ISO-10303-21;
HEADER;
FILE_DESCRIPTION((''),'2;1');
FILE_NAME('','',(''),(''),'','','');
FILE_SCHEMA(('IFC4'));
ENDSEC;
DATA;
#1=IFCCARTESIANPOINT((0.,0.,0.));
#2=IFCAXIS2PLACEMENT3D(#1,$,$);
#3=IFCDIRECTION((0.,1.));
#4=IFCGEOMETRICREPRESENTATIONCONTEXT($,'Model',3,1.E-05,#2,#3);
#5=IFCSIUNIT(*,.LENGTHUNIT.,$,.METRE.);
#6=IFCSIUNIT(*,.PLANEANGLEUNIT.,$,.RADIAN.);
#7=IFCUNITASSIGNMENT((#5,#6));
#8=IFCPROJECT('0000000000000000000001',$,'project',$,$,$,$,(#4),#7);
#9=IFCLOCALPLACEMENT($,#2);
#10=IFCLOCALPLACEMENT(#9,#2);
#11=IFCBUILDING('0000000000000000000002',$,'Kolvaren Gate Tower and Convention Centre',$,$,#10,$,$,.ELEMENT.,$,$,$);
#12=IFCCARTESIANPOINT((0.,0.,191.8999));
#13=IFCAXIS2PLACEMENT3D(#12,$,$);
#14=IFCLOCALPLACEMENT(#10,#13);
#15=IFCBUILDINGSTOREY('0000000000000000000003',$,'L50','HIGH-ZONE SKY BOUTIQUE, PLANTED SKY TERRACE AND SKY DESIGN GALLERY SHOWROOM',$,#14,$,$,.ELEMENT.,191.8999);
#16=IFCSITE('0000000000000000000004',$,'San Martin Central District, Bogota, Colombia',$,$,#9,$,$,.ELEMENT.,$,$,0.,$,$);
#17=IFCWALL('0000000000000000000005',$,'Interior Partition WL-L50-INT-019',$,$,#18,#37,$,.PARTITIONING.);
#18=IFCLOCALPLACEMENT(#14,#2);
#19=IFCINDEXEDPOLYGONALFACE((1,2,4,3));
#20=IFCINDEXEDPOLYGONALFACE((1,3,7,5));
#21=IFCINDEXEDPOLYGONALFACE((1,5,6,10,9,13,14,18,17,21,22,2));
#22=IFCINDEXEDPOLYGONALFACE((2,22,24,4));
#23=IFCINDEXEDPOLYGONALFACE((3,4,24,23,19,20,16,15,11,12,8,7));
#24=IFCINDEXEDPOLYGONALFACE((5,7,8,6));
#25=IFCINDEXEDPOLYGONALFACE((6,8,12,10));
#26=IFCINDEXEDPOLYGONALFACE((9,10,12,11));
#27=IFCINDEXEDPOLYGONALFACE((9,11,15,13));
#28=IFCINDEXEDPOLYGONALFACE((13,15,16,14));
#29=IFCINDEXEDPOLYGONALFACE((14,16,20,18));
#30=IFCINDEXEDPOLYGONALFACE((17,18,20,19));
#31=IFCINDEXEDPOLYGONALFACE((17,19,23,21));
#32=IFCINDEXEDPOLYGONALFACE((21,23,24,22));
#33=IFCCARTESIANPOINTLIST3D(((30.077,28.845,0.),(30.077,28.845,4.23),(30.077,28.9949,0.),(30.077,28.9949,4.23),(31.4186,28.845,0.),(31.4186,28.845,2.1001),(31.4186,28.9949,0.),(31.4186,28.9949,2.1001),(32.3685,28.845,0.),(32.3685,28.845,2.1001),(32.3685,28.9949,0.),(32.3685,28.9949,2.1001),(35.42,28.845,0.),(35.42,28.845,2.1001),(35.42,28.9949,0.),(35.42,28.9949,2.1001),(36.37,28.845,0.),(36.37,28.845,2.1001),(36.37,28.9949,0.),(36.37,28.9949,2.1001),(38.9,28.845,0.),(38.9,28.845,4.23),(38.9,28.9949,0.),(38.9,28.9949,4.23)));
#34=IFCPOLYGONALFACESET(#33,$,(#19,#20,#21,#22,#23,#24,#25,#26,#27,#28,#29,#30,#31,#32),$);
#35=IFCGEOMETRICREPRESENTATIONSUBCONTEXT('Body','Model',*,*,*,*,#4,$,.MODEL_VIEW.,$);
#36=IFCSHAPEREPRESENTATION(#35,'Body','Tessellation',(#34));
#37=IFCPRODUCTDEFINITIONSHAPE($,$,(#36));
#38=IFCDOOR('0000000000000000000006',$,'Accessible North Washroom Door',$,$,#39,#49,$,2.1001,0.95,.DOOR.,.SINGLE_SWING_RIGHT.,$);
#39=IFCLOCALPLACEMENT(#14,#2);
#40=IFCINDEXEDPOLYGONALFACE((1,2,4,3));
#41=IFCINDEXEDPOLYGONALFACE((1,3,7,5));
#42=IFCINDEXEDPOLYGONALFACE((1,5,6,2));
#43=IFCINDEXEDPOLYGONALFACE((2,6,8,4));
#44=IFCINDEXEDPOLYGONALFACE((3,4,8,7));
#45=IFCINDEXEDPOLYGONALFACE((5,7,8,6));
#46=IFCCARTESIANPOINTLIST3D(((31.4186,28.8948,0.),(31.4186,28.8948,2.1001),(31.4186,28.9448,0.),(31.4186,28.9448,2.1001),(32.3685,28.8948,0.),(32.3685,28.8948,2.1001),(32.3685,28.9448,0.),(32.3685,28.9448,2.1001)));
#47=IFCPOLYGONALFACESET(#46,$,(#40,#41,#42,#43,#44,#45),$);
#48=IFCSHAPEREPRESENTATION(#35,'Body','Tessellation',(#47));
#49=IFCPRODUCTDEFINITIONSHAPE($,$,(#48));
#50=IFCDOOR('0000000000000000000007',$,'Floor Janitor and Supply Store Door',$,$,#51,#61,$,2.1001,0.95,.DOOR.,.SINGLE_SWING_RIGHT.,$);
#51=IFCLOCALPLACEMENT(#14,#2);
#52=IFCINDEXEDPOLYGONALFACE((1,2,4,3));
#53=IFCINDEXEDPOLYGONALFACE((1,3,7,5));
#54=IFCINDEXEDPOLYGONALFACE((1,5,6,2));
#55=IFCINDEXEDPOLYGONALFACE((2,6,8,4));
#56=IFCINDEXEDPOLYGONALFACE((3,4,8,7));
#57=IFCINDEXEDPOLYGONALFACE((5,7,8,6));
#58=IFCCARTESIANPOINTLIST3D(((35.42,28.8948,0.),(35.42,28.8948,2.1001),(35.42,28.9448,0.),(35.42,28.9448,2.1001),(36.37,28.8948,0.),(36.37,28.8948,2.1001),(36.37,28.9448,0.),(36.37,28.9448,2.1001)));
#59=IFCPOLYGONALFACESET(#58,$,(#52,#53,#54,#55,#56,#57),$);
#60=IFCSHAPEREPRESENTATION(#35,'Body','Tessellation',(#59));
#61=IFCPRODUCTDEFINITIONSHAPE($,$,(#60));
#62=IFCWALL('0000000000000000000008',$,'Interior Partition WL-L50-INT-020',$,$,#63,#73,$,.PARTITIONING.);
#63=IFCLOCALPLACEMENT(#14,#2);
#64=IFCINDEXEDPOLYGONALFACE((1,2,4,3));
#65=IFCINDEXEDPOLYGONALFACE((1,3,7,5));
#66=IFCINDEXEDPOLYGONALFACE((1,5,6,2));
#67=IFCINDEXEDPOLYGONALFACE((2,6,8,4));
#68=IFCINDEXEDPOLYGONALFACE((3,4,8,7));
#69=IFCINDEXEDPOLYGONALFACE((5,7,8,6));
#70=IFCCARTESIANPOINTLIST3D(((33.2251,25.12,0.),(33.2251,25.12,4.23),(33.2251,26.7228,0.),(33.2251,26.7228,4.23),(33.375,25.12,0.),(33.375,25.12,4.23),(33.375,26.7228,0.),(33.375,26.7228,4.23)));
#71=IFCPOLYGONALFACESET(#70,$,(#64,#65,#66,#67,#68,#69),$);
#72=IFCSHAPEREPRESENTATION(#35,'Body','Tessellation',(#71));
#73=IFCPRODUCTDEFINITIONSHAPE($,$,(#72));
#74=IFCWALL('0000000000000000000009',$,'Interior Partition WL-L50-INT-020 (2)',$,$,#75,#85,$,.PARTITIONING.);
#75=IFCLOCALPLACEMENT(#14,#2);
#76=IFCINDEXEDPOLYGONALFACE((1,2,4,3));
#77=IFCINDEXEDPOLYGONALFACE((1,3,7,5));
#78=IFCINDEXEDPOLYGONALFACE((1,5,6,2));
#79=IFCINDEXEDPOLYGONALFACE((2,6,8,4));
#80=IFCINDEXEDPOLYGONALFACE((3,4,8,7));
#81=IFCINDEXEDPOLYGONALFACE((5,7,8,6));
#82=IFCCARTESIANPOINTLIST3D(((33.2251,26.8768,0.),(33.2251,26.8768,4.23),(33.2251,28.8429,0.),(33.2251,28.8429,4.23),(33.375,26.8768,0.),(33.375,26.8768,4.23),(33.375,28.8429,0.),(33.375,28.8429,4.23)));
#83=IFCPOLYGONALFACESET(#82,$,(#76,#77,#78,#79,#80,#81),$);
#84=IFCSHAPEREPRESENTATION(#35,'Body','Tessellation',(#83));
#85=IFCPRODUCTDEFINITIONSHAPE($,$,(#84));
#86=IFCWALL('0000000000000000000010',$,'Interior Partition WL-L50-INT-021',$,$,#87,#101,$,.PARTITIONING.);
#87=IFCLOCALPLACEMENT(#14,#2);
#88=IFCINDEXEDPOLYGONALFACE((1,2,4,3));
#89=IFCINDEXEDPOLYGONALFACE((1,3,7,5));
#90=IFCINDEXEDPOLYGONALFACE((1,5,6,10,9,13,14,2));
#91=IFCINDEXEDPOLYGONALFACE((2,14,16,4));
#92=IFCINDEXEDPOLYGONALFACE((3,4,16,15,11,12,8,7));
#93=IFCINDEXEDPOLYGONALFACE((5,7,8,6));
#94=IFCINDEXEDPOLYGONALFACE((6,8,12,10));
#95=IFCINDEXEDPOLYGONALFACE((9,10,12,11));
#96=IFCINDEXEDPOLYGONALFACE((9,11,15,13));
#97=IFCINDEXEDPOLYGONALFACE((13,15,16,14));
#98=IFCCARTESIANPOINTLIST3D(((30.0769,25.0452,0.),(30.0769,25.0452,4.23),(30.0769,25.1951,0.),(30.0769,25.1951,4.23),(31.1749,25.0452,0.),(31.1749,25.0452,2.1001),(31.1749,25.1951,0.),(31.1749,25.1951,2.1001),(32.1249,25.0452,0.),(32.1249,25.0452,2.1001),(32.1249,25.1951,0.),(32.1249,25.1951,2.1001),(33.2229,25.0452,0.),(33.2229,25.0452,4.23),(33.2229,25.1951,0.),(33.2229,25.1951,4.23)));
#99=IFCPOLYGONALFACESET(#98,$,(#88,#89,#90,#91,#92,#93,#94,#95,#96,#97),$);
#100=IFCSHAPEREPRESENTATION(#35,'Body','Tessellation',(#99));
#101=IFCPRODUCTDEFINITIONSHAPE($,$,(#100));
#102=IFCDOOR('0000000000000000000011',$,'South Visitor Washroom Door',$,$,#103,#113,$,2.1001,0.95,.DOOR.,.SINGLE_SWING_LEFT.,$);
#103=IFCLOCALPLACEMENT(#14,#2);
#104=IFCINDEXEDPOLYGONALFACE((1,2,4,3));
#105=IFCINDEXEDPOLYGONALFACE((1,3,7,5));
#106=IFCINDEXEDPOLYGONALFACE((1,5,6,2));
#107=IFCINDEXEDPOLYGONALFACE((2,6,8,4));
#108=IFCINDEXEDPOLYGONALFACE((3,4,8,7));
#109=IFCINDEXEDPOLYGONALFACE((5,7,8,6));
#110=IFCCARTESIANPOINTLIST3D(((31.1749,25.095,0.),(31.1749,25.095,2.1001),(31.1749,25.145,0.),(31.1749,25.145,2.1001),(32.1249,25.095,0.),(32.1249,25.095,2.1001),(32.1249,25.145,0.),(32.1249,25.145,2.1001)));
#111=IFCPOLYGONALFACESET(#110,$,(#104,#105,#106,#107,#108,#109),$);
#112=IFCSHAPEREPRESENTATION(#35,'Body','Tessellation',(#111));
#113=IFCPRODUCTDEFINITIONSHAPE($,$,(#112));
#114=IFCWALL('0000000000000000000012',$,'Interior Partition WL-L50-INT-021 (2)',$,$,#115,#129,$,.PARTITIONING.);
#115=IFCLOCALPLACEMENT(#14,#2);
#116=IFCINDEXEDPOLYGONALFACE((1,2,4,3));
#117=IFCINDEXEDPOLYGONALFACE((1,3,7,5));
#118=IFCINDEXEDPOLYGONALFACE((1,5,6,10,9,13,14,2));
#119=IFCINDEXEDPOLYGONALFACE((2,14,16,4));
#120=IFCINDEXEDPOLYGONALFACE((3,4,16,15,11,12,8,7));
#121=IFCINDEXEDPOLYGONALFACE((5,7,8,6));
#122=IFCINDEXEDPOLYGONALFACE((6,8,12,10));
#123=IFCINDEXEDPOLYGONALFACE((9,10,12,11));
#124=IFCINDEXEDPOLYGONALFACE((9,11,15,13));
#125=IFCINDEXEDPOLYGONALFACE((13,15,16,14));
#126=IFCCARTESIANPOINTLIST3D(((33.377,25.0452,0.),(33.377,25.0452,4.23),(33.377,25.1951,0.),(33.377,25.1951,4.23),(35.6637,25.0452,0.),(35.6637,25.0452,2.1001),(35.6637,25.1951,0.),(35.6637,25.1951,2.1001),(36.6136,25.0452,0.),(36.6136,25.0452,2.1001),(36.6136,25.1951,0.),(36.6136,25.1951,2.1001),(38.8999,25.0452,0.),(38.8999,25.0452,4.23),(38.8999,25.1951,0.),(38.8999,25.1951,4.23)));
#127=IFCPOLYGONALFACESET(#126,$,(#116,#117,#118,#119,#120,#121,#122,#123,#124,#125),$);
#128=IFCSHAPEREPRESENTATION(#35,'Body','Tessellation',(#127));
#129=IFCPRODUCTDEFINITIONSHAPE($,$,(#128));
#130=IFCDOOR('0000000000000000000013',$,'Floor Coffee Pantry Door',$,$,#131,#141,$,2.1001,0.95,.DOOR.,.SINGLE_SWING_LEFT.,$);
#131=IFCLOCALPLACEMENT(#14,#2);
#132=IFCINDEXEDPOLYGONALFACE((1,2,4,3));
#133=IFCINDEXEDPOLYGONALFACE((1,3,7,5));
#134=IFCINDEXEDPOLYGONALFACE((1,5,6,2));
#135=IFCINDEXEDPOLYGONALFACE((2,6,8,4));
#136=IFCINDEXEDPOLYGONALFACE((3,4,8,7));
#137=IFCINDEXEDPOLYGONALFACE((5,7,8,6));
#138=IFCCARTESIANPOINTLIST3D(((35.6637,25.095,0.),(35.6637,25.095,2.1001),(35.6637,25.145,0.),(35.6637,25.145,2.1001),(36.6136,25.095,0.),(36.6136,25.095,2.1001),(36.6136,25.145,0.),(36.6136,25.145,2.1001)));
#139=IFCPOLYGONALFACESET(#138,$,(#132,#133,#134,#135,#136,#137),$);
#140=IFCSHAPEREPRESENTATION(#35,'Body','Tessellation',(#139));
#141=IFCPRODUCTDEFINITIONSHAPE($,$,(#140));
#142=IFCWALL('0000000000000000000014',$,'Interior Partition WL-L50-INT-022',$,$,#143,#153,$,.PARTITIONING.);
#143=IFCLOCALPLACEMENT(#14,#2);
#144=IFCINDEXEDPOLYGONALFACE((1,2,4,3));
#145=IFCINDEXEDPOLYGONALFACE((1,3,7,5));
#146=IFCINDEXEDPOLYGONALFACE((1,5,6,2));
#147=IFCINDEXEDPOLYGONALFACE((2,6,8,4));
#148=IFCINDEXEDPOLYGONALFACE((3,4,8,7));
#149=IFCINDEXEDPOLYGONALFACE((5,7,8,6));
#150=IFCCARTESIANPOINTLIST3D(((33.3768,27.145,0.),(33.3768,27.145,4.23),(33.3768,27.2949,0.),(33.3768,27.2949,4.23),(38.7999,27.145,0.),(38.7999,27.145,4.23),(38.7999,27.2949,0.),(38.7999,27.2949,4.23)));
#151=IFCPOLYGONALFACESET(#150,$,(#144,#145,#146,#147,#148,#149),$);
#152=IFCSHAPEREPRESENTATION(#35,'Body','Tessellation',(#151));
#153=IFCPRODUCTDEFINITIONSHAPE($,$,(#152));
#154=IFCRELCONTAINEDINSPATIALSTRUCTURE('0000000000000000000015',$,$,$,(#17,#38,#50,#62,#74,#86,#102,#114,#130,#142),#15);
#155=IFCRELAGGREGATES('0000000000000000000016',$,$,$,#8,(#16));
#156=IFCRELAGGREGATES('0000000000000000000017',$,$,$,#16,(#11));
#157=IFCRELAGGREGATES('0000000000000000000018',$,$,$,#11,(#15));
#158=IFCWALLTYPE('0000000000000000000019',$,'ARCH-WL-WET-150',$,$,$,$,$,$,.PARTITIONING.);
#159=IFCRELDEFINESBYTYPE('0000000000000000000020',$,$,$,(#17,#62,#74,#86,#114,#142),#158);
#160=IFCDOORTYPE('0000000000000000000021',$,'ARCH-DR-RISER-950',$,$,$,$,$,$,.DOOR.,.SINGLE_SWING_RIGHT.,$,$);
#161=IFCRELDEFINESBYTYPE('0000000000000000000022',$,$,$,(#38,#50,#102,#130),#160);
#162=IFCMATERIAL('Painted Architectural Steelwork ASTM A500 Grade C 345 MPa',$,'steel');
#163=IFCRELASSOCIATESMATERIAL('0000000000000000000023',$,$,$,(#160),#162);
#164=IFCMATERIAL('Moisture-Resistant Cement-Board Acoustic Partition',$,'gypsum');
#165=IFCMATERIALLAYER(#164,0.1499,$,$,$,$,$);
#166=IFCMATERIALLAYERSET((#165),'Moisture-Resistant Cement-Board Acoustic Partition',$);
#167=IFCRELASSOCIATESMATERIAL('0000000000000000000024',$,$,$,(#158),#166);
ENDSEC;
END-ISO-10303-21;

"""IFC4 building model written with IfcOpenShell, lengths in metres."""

from ifc_helpers import new_model, si_unit, direction, frame, frame_2d, origin, place, context, subcontext, project, spatial, rectangle, extrude, material, layer, layer_set, type_object, element, fill, save


model = new_model("IFC4")

# Units and contexts
model_context = context("Model", 3, precision=1e-05, world=origin(), true_north=direction((0.0, 1.0)))
body_context = subcontext(model_context, "Body", "Model", "MODEL_VIEW")
ifc_project = project(units=[si_unit("LENGTHUNIT", "METRE"), si_unit("PLANEANGLEUNIT", "RADIAN")], contexts=[model_context])

# Site, building, storey
site_placement = place(None, origin())
site = spatial("IfcSite", under=ifc_project, at=site_placement, Name="San Martin Central District, Bogota, Colombia", CompositionType="ELEMENT", RefElevation=0.0)
building_placement = place(site_placement, origin())
building = spatial("IfcBuilding", under=site, at=building_placement, Name="Kolvaren Gate Tower and Convention Centre", CompositionType="ELEMENT")
storey_placement = place(building_placement, frame((0.0, 0.0, 191.8999)))
storey = spatial("IfcBuildingStorey", under=building, at=storey_placement, Name="L50", Description="HIGH-ZONE SKY BOUTIQUE, PLANTED SKY TERRACE AND SKY DESIGN GALLERY SHOWROOM", CompositionType="ELEMENT", Elevation=191.8999)

# Shared definitions
ifc_material_1 = material(Name="Painted Architectural Steelwork ASTM A500 Grade C 345 MPa", Category="steel")
door_type = type_object("IfcDoorType", Name="ARCH-DR-RISER-950", OperationType="SINGLE_SWING_RIGHT", PredefinedType="DOOR", material=ifc_material_1)

# Shared definitions
ifc_material_2 = material(Name="Moisture-Resistant Cement-Board Acoustic Partition", Category="gypsum")
ifc_layer_1 = layer(ifc_material_2, 0.1499)
ifc_layer_set_1 = layer_set([ifc_layer_1], Name="Moisture-Resistant Cement-Board Acoustic Partition")
wall_type_1 = type_object("IfcWallType", Name="ARCH-WL-WET-150", PredefinedType="PARTITIONING", material=ifc_layer_set_1)

# Wall, openings, doors
wall_1_placement = place(storey_placement, frame((30.0769, 28.9199, 0.0), z_axis=(0.0, 0.0, 1.0), x_axis=(1.0, 0.0, 0.0)))
wall_1 = element("IfcWall", 1, at=wall_1_placement, inside=storey, type_object=wall_type_1, Name="Interior Partition WL-L50-INT-019", PredefinedType="PARTITIONING", context=body_context, shape_type="SweptSolid", body=[
    extrude(rectangle(XDim=8.823, YDim=0.1499, at=frame_2d((4.4116, 0.0))), origin(), (0.0, 0.0, 1.0), 4.23),
])
opening_1_placement = place(wall_1_placement, frame((1.3416, 0.0, 0.0)))
opening_1 = element("IfcOpeningElement", 2, at=opening_1_placement, cuts=wall_1, PredefinedType="OPENING", context=body_context, shape_type="SweptSolid", body=[
    extrude(rectangle(XDim=0.95, YDim=2.1001, at=frame_2d((0.4751, 1.05))), frame((0.0, 0.085, 0.0), z_axis=(0.0, -1.0, 0.0), x_axis=(1.0, 0.0, 0.0)), (0.0, 0.0, 1.0), 0.1699),
])
opening_2_placement = place(wall_1_placement, frame((5.343, 0.0, 0.0)))
opening_2 = element("IfcOpeningElement", 3, at=opening_2_placement, cuts=wall_1, PredefinedType="OPENING", context=body_context, shape_type="SweptSolid", body=[
    extrude(rectangle(XDim=0.95, YDim=2.1001, at=frame_2d((0.4751, 1.05))), frame((0.0, 0.085, 0.0), z_axis=(0.0, -1.0, 0.0), x_axis=(1.0, 0.0, 0.0)), (0.0, 0.0, 1.0), 0.1699),
])
door_1_placement = place(opening_1_placement, origin())
door_1 = element("IfcDoor", 4, at=door_1_placement, inside=storey, type_object=door_type, Name="Accessible North Washroom Door", OperationType="SINGLE_SWING_RIGHT", OverallHeight=2.1001, OverallWidth=0.95, PredefinedType="DOOR", context=body_context, shape_type="SweptSolid", body=[
    extrude(rectangle(XDim=0.95, YDim=2.1001, at=frame_2d((0.4751, 1.05))), frame((0.0, 0.0249, 0.0), z_axis=(0.0, -1.0, 0.0), x_axis=(1.0, 0.0, 0.0)), (0.0, 0.0, 1.0), 0.05),
])
fill(opening_1, door_1)
door_2_placement = place(opening_2_placement, origin())
door_2 = element("IfcDoor", 5, at=door_2_placement, inside=storey, type_object=door_type, Name="Floor Janitor and Supply Store Door", OperationType="SINGLE_SWING_RIGHT", OverallHeight=2.1001, OverallWidth=0.95, PredefinedType="DOOR", context=body_context, shape_type="SweptSolid", body=[
    extrude(rectangle(XDim=0.95, YDim=2.1001, at=frame_2d((0.4751, 1.05))), frame((0.0, 0.0249, 0.0), z_axis=(0.0, -1.0, 0.0), x_axis=(1.0, 0.0, 0.0)), (0.0, 0.0, 1.0), 0.05),
])
fill(opening_2, door_2)

# Walls
wall_2_placement = place(storey_placement, frame((33.3, 25.1201, 0.0), z_axis=(0.0, 0.0, 1.0), x_axis=(0.0, 1.0, 0.0)))
element("IfcWall", 6, at=wall_2_placement, inside=storey, type_object=wall_type_1, Name="Interior Partition WL-L50-INT-020", PredefinedType="PARTITIONING", context=body_context, shape_type="SweptSolid", body=[
    extrude(rectangle(XDim=1.6028, YDim=0.1499, at=frame_2d((0.8013, 0.0))), origin(), (0.0, 0.0, 1.0), 4.23),
])
wall_3_placement = place(storey_placement, frame((33.3, 26.877, 0.0), z_axis=(0.0, 0.0, 1.0), x_axis=(0.0, 1.0, 0.0)))
element("IfcWall", 7, at=wall_3_placement, inside=storey, type_object=wall_type_1, Name="Interior Partition WL-L50-INT-020 (2)", PredefinedType="PARTITIONING", context=body_context, shape_type="SweptSolid", body=[
    extrude(rectangle(XDim=1.9661, YDim=0.1499, at=frame_2d((0.9829, 0.0))), origin(), (0.0, 0.0, 1.0), 4.23),
])

# Walls, openings, doors
wall_4_placement = place(storey_placement, frame((30.0769, 25.1201, 0.0), z_axis=(0.0, 0.0, 1.0), x_axis=(1.0, 0.0, 0.0)))
wall_4 = element("IfcWall", 8, at=wall_4_placement, inside=storey, type_object=wall_type_1, Name="Interior Partition WL-L50-INT-021", PredefinedType="PARTITIONING", context=body_context, shape_type="SweptSolid", body=[
    extrude(rectangle(XDim=3.146, YDim=0.1499, at=frame_2d((1.573, 0.0))), origin(), (0.0, 0.0, 1.0), 4.23),
])
opening_3_placement = place(wall_4_placement, frame((1.0979, 0.0, 0.0)))
opening_3 = element("IfcOpeningElement", 9, at=opening_3_placement, cuts=wall_4, PredefinedType="OPENING", context=body_context, shape_type="SweptSolid", body=[
    extrude(rectangle(XDim=0.95, YDim=2.1001, at=frame_2d((0.4751, 1.05))), frame((0.0, 0.085, 0.0), z_axis=(0.0, -1.0, 0.0), x_axis=(1.0, 0.0, 0.0)), (0.0, 0.0, 1.0), 0.1699),
])
door_3_placement = place(opening_3_placement, origin())
door_3 = element("IfcDoor", 10, at=door_3_placement, inside=storey, type_object=door_type, Name="South Visitor Washroom Door", OperationType="SINGLE_SWING_LEFT", OverallHeight=2.1001, OverallWidth=0.95, PredefinedType="DOOR", context=body_context, shape_type="SweptSolid", body=[
    extrude(rectangle(XDim=0.95, YDim=2.1001, at=frame_2d((0.4751, 1.05))), frame((0.0, 0.0249, 0.0), z_axis=(0.0, -1.0, 0.0), x_axis=(1.0, 0.0, 0.0)), (0.0, 0.0, 1.0), 0.05),
])
fill(opening_3, door_3)
wall_5_placement = place(storey_placement, frame((33.377, 25.1201, 0.0), z_axis=(0.0, 0.0, 1.0), x_axis=(1.0, 0.0, 0.0)))
wall_5 = element("IfcWall", 11, at=wall_5_placement, inside=storey, type_object=wall_type_1, Name="Interior Partition WL-L50-INT-021 (2)", PredefinedType="PARTITIONING", context=body_context, shape_type="SweptSolid", body=[
    extrude(rectangle(XDim=5.5229, YDim=0.1499, at=frame_2d((2.7615, 0.0))), origin(), (0.0, 0.0, 1.0), 4.23),
])
opening_4_placement = place(wall_5_placement, frame((2.2866, 0.0, 0.0)))
opening_4 = element("IfcOpeningElement", 12, at=opening_4_placement, cuts=wall_5, PredefinedType="OPENING", context=body_context, shape_type="SweptSolid", body=[
    extrude(rectangle(XDim=0.95, YDim=2.1001, at=frame_2d((0.4751, 1.05))), frame((0.0, 0.085, 0.0), z_axis=(0.0, -1.0, 0.0), x_axis=(1.0, 0.0, 0.0)), (0.0, 0.0, 1.0), 0.1699),
])
door_4_placement = place(opening_4_placement, origin())
door_4 = element("IfcDoor", 13, at=door_4_placement, inside=storey, type_object=door_type, Name="Floor Coffee Pantry Door", OperationType="SINGLE_SWING_LEFT", OverallHeight=2.1001, OverallWidth=0.95, PredefinedType="DOOR", context=body_context, shape_type="SweptSolid", body=[
    extrude(rectangle(XDim=0.95, YDim=2.1001, at=frame_2d((0.4751, 1.05))), frame((0.0, 0.0249, 0.0), z_axis=(0.0, -1.0, 0.0), x_axis=(1.0, 0.0, 0.0)), (0.0, 0.0, 1.0), 0.05),
])
fill(opening_4, door_4)

# Wall
wall_6_placement = place(storey_placement, frame((33.377, 27.22, 0.0), z_axis=(0.0, 0.0, 1.0), x_axis=(1.0, 0.0, 0.0)))
element("IfcWall", 14, at=wall_6_placement, inside=storey, type_object=wall_type_1, Name="Interior Partition WL-L50-INT-022", PredefinedType="PARTITIONING", context=body_context, shape_type="SweptSolid", body=[
    extrude(rectangle(XDim=5.4231, YDim=0.1499, at=frame_2d((2.7114, 0.0))), origin(), (0.0, 0.0, 1.0), 4.23),
])

save(model, "model.ifc")
